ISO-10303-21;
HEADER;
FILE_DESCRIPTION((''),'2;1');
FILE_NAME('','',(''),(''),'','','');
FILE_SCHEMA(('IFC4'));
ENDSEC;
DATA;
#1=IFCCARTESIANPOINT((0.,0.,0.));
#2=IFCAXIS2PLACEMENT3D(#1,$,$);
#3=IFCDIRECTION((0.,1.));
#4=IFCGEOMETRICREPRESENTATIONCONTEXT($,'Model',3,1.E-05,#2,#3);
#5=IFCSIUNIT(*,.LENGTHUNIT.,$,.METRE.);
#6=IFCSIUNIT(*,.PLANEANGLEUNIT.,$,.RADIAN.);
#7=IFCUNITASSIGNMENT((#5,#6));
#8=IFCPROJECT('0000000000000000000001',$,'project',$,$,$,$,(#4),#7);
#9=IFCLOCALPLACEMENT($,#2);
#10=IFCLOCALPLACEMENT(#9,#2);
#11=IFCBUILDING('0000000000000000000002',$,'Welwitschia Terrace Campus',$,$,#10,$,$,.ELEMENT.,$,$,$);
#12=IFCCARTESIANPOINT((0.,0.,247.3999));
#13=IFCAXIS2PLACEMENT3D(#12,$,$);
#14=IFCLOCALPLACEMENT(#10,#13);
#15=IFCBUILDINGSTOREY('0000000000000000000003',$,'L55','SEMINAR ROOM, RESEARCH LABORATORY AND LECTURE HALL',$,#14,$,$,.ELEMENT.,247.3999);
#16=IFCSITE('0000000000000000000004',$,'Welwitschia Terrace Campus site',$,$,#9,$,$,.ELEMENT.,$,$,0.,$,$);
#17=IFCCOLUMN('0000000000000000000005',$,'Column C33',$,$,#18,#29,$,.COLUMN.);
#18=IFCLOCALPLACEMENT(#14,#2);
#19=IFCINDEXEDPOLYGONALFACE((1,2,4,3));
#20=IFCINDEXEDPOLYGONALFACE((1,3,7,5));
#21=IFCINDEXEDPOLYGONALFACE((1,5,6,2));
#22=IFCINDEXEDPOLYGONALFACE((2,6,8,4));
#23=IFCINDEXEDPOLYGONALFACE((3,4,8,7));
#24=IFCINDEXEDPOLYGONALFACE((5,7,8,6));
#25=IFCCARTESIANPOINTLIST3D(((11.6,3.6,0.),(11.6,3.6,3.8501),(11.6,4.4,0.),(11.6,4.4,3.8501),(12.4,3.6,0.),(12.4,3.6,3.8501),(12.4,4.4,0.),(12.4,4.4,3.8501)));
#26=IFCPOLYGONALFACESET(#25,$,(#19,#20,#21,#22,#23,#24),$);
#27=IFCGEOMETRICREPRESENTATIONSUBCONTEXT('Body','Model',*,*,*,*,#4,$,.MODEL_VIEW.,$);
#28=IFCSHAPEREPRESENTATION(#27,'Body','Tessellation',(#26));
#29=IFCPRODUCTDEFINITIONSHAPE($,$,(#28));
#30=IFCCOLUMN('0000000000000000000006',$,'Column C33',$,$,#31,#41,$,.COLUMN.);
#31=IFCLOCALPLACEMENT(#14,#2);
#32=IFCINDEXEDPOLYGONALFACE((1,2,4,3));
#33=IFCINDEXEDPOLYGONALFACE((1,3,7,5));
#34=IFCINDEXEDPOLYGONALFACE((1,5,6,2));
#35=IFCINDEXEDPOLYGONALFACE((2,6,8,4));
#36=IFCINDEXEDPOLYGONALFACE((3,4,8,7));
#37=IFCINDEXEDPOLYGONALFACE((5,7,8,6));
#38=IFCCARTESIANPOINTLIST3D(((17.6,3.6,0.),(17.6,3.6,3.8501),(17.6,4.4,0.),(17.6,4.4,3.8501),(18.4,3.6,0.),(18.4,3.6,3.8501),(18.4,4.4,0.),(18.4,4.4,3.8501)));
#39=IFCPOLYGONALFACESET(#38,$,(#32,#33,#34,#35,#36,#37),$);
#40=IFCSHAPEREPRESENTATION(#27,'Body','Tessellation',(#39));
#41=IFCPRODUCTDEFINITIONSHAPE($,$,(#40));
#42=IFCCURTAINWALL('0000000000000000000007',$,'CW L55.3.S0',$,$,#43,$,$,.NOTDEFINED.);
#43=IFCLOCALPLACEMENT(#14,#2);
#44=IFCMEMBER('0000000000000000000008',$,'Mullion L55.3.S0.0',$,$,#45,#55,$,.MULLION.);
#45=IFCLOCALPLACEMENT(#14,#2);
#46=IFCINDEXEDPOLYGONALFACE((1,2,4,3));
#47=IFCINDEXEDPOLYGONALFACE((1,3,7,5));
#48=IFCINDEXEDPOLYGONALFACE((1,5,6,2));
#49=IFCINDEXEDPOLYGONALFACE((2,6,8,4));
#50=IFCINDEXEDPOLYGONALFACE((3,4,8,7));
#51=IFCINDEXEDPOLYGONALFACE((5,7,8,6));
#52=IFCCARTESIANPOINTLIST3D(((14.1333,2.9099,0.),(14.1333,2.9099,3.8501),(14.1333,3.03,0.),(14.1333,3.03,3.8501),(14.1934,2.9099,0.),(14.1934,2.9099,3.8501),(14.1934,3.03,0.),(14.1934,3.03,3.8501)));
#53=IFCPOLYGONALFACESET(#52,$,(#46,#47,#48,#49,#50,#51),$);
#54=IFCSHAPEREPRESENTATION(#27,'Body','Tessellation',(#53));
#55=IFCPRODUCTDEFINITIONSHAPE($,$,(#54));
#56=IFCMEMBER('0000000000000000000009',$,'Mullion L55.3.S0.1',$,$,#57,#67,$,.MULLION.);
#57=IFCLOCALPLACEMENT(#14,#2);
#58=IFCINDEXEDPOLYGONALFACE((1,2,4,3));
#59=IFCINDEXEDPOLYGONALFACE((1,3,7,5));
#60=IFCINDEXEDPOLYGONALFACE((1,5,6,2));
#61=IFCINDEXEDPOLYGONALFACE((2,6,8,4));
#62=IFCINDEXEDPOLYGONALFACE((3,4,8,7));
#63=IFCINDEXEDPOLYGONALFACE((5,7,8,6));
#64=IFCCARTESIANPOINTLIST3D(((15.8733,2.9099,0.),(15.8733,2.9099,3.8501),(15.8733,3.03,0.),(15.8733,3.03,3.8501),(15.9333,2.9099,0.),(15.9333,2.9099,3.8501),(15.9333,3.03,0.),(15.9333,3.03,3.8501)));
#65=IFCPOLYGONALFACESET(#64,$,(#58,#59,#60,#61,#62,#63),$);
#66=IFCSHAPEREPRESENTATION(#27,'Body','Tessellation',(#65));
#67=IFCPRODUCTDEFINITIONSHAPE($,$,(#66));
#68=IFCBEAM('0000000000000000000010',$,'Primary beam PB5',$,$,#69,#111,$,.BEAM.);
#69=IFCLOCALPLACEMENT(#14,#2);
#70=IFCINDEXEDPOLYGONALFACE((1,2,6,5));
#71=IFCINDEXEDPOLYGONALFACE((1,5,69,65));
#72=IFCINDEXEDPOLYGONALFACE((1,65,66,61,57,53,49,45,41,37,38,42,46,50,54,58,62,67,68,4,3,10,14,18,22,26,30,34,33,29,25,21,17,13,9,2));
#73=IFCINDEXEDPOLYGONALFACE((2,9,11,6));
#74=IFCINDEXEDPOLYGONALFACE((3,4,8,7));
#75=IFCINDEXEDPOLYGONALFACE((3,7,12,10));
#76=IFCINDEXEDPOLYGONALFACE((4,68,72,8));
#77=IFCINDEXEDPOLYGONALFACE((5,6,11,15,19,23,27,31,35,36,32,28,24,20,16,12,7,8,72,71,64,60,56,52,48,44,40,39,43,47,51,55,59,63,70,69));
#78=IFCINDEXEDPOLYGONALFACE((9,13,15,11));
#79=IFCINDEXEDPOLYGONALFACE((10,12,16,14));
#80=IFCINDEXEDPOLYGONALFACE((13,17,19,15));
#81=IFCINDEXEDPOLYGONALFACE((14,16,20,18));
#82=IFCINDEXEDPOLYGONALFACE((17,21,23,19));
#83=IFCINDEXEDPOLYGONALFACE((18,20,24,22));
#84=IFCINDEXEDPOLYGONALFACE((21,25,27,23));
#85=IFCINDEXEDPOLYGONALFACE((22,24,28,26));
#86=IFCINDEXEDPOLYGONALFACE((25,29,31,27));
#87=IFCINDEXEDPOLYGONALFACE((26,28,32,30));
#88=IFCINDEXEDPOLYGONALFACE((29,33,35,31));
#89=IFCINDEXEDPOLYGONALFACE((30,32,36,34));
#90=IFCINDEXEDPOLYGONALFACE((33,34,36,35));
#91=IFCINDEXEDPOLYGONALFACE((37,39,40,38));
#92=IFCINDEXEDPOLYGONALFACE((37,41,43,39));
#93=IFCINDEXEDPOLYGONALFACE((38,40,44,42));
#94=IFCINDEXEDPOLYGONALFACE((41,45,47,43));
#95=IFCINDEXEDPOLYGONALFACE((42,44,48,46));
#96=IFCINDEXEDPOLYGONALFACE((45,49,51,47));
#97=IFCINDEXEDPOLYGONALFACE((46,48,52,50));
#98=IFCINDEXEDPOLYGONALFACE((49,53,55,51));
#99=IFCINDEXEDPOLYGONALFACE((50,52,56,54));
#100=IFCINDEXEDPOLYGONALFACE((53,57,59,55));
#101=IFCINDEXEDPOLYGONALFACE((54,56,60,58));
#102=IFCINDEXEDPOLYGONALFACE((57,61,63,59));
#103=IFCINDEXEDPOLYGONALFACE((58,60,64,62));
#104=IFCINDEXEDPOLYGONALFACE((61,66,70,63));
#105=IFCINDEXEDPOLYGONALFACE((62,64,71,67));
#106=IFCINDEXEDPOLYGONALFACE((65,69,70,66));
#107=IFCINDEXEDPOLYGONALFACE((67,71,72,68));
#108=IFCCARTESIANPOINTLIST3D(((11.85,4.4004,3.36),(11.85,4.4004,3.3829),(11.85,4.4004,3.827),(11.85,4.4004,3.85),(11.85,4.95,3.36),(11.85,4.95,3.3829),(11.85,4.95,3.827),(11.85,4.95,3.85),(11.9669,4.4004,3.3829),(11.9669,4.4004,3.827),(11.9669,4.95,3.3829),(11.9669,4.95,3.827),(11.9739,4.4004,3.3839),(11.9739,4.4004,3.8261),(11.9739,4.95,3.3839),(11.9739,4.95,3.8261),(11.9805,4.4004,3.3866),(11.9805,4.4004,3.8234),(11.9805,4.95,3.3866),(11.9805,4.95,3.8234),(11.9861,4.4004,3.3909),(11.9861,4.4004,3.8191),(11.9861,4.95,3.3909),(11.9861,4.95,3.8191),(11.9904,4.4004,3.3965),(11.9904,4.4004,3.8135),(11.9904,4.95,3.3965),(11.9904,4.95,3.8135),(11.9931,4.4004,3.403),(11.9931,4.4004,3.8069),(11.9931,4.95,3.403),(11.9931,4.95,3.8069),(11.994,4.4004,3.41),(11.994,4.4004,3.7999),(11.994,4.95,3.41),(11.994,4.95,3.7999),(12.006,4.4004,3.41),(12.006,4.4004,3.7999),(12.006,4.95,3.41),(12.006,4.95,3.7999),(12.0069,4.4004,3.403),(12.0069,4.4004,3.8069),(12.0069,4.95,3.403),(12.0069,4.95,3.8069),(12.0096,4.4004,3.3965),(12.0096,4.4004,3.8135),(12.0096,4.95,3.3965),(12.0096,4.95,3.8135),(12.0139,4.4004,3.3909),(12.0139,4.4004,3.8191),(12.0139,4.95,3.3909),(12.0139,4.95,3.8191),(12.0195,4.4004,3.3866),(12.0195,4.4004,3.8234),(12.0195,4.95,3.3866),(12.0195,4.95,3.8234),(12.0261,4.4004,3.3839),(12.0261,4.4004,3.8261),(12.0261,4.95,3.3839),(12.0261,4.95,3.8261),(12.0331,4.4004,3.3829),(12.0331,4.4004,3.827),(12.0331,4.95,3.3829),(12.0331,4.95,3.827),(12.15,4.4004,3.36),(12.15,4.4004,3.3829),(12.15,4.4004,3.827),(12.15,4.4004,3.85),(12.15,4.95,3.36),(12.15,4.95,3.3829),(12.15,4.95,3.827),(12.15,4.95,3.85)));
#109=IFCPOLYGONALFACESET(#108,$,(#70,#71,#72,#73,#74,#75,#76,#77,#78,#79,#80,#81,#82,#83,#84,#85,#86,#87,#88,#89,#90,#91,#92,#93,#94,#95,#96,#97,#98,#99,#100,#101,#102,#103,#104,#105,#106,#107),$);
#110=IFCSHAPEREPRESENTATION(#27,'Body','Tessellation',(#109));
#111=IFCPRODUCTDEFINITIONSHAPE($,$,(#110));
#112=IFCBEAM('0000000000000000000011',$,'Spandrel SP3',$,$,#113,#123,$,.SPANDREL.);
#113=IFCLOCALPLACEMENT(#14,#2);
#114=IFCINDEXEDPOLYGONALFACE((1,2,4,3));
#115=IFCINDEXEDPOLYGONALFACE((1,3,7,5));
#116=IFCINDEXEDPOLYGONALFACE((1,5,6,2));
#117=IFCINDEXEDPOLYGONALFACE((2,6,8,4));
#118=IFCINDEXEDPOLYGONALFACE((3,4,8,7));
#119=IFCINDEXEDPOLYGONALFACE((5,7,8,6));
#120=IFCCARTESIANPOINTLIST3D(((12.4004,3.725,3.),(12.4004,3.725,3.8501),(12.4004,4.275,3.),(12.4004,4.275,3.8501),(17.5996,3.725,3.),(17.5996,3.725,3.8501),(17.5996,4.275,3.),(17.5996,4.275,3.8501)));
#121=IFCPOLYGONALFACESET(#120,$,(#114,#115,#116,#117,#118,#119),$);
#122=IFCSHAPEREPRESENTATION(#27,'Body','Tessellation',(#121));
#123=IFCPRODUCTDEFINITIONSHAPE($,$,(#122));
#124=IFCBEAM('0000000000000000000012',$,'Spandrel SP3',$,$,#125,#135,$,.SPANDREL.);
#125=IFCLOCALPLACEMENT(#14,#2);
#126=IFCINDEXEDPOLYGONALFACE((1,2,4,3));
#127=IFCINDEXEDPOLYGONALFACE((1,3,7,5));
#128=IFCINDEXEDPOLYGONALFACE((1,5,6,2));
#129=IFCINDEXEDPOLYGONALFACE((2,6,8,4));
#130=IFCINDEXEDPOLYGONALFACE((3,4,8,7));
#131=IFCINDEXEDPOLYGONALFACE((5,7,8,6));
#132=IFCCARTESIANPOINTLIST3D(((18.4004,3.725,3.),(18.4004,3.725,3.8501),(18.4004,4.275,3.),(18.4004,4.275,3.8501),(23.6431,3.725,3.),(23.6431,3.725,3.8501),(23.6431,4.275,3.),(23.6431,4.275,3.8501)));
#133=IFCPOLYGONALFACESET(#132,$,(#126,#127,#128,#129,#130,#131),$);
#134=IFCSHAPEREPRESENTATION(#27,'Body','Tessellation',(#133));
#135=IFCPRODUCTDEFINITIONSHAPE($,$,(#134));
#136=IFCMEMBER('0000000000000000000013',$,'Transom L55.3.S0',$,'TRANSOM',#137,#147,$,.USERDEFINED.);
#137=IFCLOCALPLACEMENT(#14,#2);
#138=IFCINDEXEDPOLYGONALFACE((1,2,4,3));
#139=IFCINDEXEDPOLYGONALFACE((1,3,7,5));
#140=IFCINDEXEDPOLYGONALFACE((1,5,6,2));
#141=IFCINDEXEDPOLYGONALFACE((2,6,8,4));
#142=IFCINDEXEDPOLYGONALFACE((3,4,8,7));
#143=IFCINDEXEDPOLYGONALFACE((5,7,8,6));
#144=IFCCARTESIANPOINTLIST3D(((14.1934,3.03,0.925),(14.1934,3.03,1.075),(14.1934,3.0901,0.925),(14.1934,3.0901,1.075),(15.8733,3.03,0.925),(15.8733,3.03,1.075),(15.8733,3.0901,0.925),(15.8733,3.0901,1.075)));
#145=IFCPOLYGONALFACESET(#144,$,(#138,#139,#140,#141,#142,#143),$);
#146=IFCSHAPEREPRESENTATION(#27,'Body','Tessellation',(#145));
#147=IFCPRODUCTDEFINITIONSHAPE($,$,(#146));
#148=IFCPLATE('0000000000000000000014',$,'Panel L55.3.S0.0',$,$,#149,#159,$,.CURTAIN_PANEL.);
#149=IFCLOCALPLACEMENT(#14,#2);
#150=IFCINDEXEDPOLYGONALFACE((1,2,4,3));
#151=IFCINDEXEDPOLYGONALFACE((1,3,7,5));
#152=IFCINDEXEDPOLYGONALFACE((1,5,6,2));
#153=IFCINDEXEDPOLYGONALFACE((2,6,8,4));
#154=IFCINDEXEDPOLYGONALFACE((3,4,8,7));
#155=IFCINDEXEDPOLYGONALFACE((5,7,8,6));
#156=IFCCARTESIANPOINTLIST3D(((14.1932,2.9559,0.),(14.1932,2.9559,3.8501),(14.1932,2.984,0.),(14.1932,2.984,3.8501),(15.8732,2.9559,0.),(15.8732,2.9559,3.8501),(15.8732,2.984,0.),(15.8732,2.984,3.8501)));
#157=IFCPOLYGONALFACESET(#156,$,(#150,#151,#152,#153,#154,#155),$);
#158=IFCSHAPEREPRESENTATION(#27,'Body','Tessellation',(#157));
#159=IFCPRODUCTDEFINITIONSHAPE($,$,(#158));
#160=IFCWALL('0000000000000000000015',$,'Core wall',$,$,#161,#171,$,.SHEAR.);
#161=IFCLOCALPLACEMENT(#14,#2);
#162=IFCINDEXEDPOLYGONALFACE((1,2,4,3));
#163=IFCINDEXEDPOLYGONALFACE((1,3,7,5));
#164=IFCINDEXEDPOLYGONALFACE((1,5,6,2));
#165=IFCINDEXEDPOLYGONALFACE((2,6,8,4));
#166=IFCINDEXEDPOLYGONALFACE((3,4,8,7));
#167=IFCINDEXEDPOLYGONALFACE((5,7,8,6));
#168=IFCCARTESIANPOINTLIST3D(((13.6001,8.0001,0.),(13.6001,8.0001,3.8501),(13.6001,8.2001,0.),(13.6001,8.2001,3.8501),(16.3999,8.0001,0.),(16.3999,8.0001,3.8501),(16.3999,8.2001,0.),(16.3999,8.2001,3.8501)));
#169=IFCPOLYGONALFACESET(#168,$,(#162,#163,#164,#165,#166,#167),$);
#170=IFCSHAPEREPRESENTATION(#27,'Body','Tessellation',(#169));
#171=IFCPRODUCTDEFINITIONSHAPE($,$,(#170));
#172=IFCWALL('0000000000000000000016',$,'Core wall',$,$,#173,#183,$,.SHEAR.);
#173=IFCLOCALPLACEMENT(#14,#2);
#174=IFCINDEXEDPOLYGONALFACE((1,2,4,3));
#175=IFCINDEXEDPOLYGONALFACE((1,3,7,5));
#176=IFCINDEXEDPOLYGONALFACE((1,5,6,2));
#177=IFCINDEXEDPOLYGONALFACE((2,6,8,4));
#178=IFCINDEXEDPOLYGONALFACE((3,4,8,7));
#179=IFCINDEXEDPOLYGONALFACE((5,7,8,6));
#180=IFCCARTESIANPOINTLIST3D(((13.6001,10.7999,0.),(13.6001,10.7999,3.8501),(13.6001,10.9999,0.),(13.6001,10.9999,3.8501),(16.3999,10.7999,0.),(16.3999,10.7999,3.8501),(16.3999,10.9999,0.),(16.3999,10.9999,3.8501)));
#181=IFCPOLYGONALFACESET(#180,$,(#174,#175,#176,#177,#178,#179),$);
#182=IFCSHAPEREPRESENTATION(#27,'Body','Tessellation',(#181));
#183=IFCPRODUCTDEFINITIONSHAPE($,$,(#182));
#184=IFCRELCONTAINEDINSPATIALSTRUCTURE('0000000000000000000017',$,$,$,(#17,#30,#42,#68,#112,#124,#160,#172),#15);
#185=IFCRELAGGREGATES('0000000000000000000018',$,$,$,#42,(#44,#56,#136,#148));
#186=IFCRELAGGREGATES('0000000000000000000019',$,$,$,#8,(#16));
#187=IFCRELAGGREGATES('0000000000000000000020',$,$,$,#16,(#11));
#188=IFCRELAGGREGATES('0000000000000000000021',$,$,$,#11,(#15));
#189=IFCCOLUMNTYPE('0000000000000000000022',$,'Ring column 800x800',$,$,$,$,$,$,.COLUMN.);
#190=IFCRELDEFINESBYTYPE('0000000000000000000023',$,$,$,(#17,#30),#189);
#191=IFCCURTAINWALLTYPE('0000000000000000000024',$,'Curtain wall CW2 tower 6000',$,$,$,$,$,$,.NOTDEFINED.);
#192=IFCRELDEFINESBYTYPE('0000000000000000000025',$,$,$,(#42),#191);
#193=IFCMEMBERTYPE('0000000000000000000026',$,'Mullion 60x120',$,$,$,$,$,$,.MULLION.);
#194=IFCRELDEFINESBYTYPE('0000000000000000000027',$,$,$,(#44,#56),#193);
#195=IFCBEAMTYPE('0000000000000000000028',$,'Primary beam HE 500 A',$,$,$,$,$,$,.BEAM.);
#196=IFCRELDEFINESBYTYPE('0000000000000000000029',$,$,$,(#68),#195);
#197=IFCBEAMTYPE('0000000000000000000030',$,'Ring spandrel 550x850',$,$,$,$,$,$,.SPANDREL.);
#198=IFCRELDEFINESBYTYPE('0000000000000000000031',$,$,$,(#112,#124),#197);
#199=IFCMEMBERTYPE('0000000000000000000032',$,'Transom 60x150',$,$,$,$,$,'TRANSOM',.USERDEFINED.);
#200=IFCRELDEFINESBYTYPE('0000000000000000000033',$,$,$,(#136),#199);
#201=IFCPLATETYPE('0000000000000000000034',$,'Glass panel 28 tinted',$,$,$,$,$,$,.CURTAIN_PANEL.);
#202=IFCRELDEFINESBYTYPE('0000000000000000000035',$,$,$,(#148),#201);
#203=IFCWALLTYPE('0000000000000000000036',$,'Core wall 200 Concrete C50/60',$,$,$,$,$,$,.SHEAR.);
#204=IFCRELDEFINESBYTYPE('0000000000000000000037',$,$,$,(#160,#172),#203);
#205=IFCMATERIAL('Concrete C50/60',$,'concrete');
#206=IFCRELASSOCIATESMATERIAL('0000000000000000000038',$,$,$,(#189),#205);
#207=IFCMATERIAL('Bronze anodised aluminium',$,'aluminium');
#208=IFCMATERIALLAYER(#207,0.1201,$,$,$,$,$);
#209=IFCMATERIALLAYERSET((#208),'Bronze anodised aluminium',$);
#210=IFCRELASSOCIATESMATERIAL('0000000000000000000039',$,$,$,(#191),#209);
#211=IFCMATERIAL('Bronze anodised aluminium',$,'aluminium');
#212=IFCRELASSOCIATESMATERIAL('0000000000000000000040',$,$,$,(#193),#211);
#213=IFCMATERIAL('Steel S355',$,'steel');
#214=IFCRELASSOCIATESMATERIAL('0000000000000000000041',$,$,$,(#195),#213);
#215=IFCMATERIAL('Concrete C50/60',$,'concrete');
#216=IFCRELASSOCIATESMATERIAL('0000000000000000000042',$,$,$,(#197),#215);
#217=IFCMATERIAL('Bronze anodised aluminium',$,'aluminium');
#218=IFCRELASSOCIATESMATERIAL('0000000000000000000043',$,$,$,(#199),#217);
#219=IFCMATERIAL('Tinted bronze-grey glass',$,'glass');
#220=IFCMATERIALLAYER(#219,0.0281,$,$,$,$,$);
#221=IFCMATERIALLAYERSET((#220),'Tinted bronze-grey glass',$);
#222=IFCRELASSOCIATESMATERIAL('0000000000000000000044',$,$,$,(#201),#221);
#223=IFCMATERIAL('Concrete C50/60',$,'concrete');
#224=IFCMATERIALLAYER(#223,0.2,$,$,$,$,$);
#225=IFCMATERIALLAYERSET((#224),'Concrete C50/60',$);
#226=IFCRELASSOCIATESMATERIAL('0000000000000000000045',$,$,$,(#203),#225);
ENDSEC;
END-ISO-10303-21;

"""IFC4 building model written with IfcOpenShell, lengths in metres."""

from ifc_helpers import new_model, si_unit, direction, frame, frame_2d, origin, origin_2d, place, context, subcontext, project, spatial, rectangle, i_section, extrude, material, layer, layer_set, material_profile, profile_set, type_object, element, aggregate, save


model = new_model("IFC4")

# Units and contexts
model_context = context("Model", 3, precision=1e-05, world=origin(), true_north=direction((0.0, 1.0)))
body_context = subcontext(model_context, "Body", "Model", "MODEL_VIEW")
ifc_project = project(units=[si_unit("LENGTHUNIT", "METRE"), si_unit("PLANEANGLEUNIT", "RADIAN")], contexts=[model_context])

# Site, building, storey
site_placement = place(None, origin())
site = spatial("IfcSite", under=ifc_project, at=site_placement, Name="Welwitschia Terrace Campus site", CompositionType="ELEMENT", RefElevation=0.0)
building_placement = place(site_placement, origin())
building = spatial("IfcBuilding", under=site, at=building_placement, Name="Welwitschia Terrace Campus", CompositionType="ELEMENT")
storey_placement = place(building_placement, frame((0.0, 0.0, 247.3999)))
storey = spatial("IfcBuildingStorey", under=building, at=storey_placement, Name="L55", Description="SEMINAR ROOM, RESEARCH LABORATORY AND LECTURE HALL", CompositionType="ELEMENT", Elevation=247.3999)

# Columns
ifc_material_1 = material(Name="Concrete C50/60", Category="concrete")
ifc_material_profile_1 = material_profile(ifc_material_1, rectangle(XDim=0.8, YDim=0.8, at=origin_2d()))
ifc_profile_set_1 = profile_set([ifc_material_profile_1], Name="Concrete C50/60")
column_type = type_object("IfcColumnType", Name="Ring column 800x800", PredefinedType="COLUMN", material=ifc_profile_set_1)
for number, where, z_axis, x_axis, name in (
    (1, (12.0, 4.0, 0.0), (0.0, 0.0, 1.0), (1.0, 0.0, 0.0), "Column C33"),
    (2, (18.0, 4.0, 0.0), (0.0, 0.0, 1.0), (1.0, 0.0, 0.0), "Column C33"),
):
    element("IfcColumn", number, at=place(storey_placement, frame(where, z_axis=z_axis, x_axis=x_axis)), inside=storey, type_object=column_type, Name=name, PredefinedType="COLUMN", context=body_context, shape_type="SweptSolid", body=[
        extrude(rectangle(XDim=0.8, YDim=0.8, at=origin_2d()), origin(), (0.0, 0.0, 1.0), 3.8501),
    ])

# Curtain wall, members
ifc_material_2 = material(Name="Bronze anodised aluminium", Category="aluminium")
ifc_layer_1 = layer(ifc_material_2, 0.1201)
ifc_layer_set_1 = layer_set([ifc_layer_1], Name="Bronze anodised aluminium")
curtain_wall_type = type_object("IfcCurtainWallType", Name="Curtain wall CW2 tower 6000", PredefinedType="NOTDEFINED", material=ifc_layer_set_1)
curtain_wall_placement = place(storey_placement, origin())
curtain_wall = element("IfcCurtainWall", 3, at=curtain_wall_placement, inside=storey, type_object=curtain_wall_type, Name="CW L55.3.S0", PredefinedType="NOTDEFINED")
ifc_material_3 = material(Name="Bronze anodised aluminium", Category="aluminium")
ifc_material_profile_2 = material_profile(ifc_material_3, rectangle(XDim=0.1201, YDim=0.0601, at=origin_2d()))
ifc_profile_set_2 = profile_set([ifc_material_profile_2], Name="Bronze anodised aluminium")
member_type_1 = type_object("IfcMemberType", Name="Mullion 60x120", PredefinedType="MULLION", material=ifc_profile_set_2)
member_1_placement = place(storey_placement, frame((14.1633, 2.97, 0.0), z_axis=(0.0, 0.0, 1.0), x_axis=(0.0, 1.0, 0.0)))
member_1 = element("IfcMember", 4, at=member_1_placement, type_object=member_type_1, Name="Mullion L55.3.S0.0", PredefinedType="MULLION", context=body_context, shape_type="SweptSolid", body=[
    extrude(rectangle(XDim=0.1201, YDim=0.0601, at=origin_2d()), origin(), (0.0, 0.0, 1.0), 3.8501),
])
member_2_placement = place(storey_placement, frame((15.9033, 2.97, 0.0), z_axis=(0.0, 0.0, 1.0), x_axis=(0.0, 1.0, 0.0)))
member_2 = element("IfcMember", 5, at=member_2_placement, type_object=member_type_1, Name="Mullion L55.3.S0.1", PredefinedType="MULLION", context=body_context, shape_type="SweptSolid", body=[
    extrude(rectangle(XDim=0.1201, YDim=0.0601, at=origin_2d()), origin(), (0.0, 0.0, 1.0), 3.8501),
])

# Beams
ifc_material_4 = material(Name="Steel S355", Category="steel")
ifc_material_profile_3 = material_profile(ifc_material_4, i_section(OverallWidth=0.3, OverallDepth=0.49, WebThickness=0.012, FlangeThickness=0.0229, FilletRadius=0.0271, at=origin_2d()))
ifc_profile_set_3 = profile_set([ifc_material_profile_3], Name="Steel S355")
beam_type_1 = type_object("IfcBeamType", Name="Primary beam HE 500 A", PredefinedType="BEAM", material=ifc_profile_set_3)
beam_1_placement = place(storey_placement, frame((12.0, 4.4004, 3.605), z_axis=(0.0, 1.0, 0.0), x_axis=(-1.0, 0.0, 0.0)))
element("IfcBeam", 6, at=beam_1_placement, inside=storey, type_object=beam_type_1, Name="Primary beam PB5", PredefinedType="BEAM", context=body_context, shape_type="SweptSolid", body=[
    extrude(i_section(OverallWidth=0.3, OverallDepth=0.49, WebThickness=0.012, FlangeThickness=0.0229, FilletRadius=0.0271, at=origin_2d()), origin(), (0.0, 0.0, 1.0), 0.5496),
])
ifc_material_5 = material(Name="Concrete C50/60", Category="concrete")
ifc_material_profile_4 = material_profile(ifc_material_5, rectangle(XDim=0.55, YDim=0.8501, at=origin_2d()))
ifc_profile_set_4 = profile_set([ifc_material_profile_4], Name="Concrete C50/60")
beam_type_2 = type_object("IfcBeamType", Name="Ring spandrel 550x850", PredefinedType="SPANDREL", material=ifc_profile_set_4)
beam_2_placement = place(storey_placement, frame((12.4004, 4.0, 3.425), z_axis=(1.0, 0.0, 0.0), x_axis=(0.0, 1.0, 0.0)))
element("IfcBeam", 7, at=beam_2_placement, inside=storey, type_object=beam_type_2, Name="Spandrel SP3", PredefinedType="SPANDREL", context=body_context, shape_type="SweptSolid", body=[
    extrude(rectangle(XDim=0.55, YDim=0.8501, at=origin_2d()), origin(), (0.0, 0.0, 1.0), 5.1992),
])
beam_3_placement = place(storey_placement, frame((18.4004, 4.0, 3.425), z_axis=(1.0, 0.0, 0.0), x_axis=(0.0, 1.0, 0.0)))
element("IfcBeam", 8, at=beam_3_placement, inside=storey, type_object=beam_type_2, Name="Spandrel SP3", PredefinedType="SPANDREL", context=body_context, shape_type="SweptSolid", body=[
    extrude(rectangle(XDim=0.55, YDim=0.8501, at=origin_2d()), origin(), (0.0, 0.0, 1.0), 5.2427),
])

# Member
ifc_material_6 = material(Name="Bronze anodised aluminium", Category="aluminium")
ifc_material_profile_5 = material_profile(ifc_material_6, rectangle(XDim=0.0601, YDim=0.1499, at=origin_2d()))
ifc_profile_set_5 = profile_set([ifc_material_profile_5], Name="Bronze anodised aluminium")
member_type_2 = type_object("IfcMemberType", Name="Transom 60x150", ElementType="TRANSOM", PredefinedType="USERDEFINED", material=ifc_profile_set_5)
member_3_placement = place(storey_placement, frame((14.1934, 3.0601, 1.0), z_axis=(1.0, 0.0, 0.0), x_axis=(0.0, 1.0, 0.0)))
member_3 = element("IfcMember", 9, at=member_3_placement, type_object=member_type_2, Name="Transom L55.3.S0", ObjectType="TRANSOM", PredefinedType="USERDEFINED", context=body_context, shape_type="SweptSolid", body=[
    extrude(rectangle(XDim=0.0601, YDim=0.1499, at=origin_2d()), origin(), (0.0, 0.0, 1.0), 1.6799),
])

# Plate
ifc_material_7 = material(Name="Tinted bronze-grey glass", Category="glass")
ifc_layer_2 = layer(ifc_material_7, 0.0281)
ifc_layer_set_2 = layer_set([ifc_layer_2], Name="Tinted bronze-grey glass")
plate_type = type_object("IfcPlateType", Name="Glass panel 28 tinted", PredefinedType="CURTAIN_PANEL", material=ifc_layer_set_2)
plate_placement = place(storey_placement, frame((15.0332, 2.97, 0.0), z_axis=(0.0, 0.0, 1.0), x_axis=(1.0, 0.0, 0.0)))
plate = element("IfcPlate", 10, at=plate_placement, type_object=plate_type, Name="Panel L55.3.S0.0", PredefinedType="CURTAIN_PANEL", context=body_context, shape_type="SweptSolid", body=[
    extrude(rectangle(XDim=1.6799, YDim=0.0281, at=origin_2d()), origin(), (0.0, 0.0, 1.0), 3.8501),
])
aggregate(curtain_wall, [member_1, member_2, member_3, plate])

# Walls
ifc_material_8 = material(Name="Concrete C50/60", Category="concrete")
ifc_layer_3 = layer(ifc_material_8, 0.2)
ifc_layer_set_3 = layer_set([ifc_layer_3], Name="Concrete C50/60")
wall_type_1 = type_object("IfcWallType", Name="Core wall 200 Concrete C50/60", PredefinedType="SHEAR", material=ifc_layer_set_3)
for number, where, z_axis, x_axis, name in (
    (11, (13.6001, 8.1001, 0.0), (0.0, 0.0, 1.0), (1.0, 0.0, 0.0), "Core wall"),
    (12, (13.6001, 10.8999, 0.0), (0.0, 0.0, 1.0), (1.0, 0.0, 0.0), "Core wall"),
):
    element("IfcWall", number, at=place(storey_placement, frame(where, z_axis=z_axis, x_axis=x_axis)), inside=storey, type_object=wall_type_1, Name=name, PredefinedType="SHEAR", context=body_context, shape_type="SweptSolid", body=[
        extrude(rectangle(XDim=2.7998, YDim=0.2, at=frame_2d((1.3999, 0.0))), origin(), (0.0, 0.0, 1.0), 3.8501),
    ])

save(model, "model.ifc")
